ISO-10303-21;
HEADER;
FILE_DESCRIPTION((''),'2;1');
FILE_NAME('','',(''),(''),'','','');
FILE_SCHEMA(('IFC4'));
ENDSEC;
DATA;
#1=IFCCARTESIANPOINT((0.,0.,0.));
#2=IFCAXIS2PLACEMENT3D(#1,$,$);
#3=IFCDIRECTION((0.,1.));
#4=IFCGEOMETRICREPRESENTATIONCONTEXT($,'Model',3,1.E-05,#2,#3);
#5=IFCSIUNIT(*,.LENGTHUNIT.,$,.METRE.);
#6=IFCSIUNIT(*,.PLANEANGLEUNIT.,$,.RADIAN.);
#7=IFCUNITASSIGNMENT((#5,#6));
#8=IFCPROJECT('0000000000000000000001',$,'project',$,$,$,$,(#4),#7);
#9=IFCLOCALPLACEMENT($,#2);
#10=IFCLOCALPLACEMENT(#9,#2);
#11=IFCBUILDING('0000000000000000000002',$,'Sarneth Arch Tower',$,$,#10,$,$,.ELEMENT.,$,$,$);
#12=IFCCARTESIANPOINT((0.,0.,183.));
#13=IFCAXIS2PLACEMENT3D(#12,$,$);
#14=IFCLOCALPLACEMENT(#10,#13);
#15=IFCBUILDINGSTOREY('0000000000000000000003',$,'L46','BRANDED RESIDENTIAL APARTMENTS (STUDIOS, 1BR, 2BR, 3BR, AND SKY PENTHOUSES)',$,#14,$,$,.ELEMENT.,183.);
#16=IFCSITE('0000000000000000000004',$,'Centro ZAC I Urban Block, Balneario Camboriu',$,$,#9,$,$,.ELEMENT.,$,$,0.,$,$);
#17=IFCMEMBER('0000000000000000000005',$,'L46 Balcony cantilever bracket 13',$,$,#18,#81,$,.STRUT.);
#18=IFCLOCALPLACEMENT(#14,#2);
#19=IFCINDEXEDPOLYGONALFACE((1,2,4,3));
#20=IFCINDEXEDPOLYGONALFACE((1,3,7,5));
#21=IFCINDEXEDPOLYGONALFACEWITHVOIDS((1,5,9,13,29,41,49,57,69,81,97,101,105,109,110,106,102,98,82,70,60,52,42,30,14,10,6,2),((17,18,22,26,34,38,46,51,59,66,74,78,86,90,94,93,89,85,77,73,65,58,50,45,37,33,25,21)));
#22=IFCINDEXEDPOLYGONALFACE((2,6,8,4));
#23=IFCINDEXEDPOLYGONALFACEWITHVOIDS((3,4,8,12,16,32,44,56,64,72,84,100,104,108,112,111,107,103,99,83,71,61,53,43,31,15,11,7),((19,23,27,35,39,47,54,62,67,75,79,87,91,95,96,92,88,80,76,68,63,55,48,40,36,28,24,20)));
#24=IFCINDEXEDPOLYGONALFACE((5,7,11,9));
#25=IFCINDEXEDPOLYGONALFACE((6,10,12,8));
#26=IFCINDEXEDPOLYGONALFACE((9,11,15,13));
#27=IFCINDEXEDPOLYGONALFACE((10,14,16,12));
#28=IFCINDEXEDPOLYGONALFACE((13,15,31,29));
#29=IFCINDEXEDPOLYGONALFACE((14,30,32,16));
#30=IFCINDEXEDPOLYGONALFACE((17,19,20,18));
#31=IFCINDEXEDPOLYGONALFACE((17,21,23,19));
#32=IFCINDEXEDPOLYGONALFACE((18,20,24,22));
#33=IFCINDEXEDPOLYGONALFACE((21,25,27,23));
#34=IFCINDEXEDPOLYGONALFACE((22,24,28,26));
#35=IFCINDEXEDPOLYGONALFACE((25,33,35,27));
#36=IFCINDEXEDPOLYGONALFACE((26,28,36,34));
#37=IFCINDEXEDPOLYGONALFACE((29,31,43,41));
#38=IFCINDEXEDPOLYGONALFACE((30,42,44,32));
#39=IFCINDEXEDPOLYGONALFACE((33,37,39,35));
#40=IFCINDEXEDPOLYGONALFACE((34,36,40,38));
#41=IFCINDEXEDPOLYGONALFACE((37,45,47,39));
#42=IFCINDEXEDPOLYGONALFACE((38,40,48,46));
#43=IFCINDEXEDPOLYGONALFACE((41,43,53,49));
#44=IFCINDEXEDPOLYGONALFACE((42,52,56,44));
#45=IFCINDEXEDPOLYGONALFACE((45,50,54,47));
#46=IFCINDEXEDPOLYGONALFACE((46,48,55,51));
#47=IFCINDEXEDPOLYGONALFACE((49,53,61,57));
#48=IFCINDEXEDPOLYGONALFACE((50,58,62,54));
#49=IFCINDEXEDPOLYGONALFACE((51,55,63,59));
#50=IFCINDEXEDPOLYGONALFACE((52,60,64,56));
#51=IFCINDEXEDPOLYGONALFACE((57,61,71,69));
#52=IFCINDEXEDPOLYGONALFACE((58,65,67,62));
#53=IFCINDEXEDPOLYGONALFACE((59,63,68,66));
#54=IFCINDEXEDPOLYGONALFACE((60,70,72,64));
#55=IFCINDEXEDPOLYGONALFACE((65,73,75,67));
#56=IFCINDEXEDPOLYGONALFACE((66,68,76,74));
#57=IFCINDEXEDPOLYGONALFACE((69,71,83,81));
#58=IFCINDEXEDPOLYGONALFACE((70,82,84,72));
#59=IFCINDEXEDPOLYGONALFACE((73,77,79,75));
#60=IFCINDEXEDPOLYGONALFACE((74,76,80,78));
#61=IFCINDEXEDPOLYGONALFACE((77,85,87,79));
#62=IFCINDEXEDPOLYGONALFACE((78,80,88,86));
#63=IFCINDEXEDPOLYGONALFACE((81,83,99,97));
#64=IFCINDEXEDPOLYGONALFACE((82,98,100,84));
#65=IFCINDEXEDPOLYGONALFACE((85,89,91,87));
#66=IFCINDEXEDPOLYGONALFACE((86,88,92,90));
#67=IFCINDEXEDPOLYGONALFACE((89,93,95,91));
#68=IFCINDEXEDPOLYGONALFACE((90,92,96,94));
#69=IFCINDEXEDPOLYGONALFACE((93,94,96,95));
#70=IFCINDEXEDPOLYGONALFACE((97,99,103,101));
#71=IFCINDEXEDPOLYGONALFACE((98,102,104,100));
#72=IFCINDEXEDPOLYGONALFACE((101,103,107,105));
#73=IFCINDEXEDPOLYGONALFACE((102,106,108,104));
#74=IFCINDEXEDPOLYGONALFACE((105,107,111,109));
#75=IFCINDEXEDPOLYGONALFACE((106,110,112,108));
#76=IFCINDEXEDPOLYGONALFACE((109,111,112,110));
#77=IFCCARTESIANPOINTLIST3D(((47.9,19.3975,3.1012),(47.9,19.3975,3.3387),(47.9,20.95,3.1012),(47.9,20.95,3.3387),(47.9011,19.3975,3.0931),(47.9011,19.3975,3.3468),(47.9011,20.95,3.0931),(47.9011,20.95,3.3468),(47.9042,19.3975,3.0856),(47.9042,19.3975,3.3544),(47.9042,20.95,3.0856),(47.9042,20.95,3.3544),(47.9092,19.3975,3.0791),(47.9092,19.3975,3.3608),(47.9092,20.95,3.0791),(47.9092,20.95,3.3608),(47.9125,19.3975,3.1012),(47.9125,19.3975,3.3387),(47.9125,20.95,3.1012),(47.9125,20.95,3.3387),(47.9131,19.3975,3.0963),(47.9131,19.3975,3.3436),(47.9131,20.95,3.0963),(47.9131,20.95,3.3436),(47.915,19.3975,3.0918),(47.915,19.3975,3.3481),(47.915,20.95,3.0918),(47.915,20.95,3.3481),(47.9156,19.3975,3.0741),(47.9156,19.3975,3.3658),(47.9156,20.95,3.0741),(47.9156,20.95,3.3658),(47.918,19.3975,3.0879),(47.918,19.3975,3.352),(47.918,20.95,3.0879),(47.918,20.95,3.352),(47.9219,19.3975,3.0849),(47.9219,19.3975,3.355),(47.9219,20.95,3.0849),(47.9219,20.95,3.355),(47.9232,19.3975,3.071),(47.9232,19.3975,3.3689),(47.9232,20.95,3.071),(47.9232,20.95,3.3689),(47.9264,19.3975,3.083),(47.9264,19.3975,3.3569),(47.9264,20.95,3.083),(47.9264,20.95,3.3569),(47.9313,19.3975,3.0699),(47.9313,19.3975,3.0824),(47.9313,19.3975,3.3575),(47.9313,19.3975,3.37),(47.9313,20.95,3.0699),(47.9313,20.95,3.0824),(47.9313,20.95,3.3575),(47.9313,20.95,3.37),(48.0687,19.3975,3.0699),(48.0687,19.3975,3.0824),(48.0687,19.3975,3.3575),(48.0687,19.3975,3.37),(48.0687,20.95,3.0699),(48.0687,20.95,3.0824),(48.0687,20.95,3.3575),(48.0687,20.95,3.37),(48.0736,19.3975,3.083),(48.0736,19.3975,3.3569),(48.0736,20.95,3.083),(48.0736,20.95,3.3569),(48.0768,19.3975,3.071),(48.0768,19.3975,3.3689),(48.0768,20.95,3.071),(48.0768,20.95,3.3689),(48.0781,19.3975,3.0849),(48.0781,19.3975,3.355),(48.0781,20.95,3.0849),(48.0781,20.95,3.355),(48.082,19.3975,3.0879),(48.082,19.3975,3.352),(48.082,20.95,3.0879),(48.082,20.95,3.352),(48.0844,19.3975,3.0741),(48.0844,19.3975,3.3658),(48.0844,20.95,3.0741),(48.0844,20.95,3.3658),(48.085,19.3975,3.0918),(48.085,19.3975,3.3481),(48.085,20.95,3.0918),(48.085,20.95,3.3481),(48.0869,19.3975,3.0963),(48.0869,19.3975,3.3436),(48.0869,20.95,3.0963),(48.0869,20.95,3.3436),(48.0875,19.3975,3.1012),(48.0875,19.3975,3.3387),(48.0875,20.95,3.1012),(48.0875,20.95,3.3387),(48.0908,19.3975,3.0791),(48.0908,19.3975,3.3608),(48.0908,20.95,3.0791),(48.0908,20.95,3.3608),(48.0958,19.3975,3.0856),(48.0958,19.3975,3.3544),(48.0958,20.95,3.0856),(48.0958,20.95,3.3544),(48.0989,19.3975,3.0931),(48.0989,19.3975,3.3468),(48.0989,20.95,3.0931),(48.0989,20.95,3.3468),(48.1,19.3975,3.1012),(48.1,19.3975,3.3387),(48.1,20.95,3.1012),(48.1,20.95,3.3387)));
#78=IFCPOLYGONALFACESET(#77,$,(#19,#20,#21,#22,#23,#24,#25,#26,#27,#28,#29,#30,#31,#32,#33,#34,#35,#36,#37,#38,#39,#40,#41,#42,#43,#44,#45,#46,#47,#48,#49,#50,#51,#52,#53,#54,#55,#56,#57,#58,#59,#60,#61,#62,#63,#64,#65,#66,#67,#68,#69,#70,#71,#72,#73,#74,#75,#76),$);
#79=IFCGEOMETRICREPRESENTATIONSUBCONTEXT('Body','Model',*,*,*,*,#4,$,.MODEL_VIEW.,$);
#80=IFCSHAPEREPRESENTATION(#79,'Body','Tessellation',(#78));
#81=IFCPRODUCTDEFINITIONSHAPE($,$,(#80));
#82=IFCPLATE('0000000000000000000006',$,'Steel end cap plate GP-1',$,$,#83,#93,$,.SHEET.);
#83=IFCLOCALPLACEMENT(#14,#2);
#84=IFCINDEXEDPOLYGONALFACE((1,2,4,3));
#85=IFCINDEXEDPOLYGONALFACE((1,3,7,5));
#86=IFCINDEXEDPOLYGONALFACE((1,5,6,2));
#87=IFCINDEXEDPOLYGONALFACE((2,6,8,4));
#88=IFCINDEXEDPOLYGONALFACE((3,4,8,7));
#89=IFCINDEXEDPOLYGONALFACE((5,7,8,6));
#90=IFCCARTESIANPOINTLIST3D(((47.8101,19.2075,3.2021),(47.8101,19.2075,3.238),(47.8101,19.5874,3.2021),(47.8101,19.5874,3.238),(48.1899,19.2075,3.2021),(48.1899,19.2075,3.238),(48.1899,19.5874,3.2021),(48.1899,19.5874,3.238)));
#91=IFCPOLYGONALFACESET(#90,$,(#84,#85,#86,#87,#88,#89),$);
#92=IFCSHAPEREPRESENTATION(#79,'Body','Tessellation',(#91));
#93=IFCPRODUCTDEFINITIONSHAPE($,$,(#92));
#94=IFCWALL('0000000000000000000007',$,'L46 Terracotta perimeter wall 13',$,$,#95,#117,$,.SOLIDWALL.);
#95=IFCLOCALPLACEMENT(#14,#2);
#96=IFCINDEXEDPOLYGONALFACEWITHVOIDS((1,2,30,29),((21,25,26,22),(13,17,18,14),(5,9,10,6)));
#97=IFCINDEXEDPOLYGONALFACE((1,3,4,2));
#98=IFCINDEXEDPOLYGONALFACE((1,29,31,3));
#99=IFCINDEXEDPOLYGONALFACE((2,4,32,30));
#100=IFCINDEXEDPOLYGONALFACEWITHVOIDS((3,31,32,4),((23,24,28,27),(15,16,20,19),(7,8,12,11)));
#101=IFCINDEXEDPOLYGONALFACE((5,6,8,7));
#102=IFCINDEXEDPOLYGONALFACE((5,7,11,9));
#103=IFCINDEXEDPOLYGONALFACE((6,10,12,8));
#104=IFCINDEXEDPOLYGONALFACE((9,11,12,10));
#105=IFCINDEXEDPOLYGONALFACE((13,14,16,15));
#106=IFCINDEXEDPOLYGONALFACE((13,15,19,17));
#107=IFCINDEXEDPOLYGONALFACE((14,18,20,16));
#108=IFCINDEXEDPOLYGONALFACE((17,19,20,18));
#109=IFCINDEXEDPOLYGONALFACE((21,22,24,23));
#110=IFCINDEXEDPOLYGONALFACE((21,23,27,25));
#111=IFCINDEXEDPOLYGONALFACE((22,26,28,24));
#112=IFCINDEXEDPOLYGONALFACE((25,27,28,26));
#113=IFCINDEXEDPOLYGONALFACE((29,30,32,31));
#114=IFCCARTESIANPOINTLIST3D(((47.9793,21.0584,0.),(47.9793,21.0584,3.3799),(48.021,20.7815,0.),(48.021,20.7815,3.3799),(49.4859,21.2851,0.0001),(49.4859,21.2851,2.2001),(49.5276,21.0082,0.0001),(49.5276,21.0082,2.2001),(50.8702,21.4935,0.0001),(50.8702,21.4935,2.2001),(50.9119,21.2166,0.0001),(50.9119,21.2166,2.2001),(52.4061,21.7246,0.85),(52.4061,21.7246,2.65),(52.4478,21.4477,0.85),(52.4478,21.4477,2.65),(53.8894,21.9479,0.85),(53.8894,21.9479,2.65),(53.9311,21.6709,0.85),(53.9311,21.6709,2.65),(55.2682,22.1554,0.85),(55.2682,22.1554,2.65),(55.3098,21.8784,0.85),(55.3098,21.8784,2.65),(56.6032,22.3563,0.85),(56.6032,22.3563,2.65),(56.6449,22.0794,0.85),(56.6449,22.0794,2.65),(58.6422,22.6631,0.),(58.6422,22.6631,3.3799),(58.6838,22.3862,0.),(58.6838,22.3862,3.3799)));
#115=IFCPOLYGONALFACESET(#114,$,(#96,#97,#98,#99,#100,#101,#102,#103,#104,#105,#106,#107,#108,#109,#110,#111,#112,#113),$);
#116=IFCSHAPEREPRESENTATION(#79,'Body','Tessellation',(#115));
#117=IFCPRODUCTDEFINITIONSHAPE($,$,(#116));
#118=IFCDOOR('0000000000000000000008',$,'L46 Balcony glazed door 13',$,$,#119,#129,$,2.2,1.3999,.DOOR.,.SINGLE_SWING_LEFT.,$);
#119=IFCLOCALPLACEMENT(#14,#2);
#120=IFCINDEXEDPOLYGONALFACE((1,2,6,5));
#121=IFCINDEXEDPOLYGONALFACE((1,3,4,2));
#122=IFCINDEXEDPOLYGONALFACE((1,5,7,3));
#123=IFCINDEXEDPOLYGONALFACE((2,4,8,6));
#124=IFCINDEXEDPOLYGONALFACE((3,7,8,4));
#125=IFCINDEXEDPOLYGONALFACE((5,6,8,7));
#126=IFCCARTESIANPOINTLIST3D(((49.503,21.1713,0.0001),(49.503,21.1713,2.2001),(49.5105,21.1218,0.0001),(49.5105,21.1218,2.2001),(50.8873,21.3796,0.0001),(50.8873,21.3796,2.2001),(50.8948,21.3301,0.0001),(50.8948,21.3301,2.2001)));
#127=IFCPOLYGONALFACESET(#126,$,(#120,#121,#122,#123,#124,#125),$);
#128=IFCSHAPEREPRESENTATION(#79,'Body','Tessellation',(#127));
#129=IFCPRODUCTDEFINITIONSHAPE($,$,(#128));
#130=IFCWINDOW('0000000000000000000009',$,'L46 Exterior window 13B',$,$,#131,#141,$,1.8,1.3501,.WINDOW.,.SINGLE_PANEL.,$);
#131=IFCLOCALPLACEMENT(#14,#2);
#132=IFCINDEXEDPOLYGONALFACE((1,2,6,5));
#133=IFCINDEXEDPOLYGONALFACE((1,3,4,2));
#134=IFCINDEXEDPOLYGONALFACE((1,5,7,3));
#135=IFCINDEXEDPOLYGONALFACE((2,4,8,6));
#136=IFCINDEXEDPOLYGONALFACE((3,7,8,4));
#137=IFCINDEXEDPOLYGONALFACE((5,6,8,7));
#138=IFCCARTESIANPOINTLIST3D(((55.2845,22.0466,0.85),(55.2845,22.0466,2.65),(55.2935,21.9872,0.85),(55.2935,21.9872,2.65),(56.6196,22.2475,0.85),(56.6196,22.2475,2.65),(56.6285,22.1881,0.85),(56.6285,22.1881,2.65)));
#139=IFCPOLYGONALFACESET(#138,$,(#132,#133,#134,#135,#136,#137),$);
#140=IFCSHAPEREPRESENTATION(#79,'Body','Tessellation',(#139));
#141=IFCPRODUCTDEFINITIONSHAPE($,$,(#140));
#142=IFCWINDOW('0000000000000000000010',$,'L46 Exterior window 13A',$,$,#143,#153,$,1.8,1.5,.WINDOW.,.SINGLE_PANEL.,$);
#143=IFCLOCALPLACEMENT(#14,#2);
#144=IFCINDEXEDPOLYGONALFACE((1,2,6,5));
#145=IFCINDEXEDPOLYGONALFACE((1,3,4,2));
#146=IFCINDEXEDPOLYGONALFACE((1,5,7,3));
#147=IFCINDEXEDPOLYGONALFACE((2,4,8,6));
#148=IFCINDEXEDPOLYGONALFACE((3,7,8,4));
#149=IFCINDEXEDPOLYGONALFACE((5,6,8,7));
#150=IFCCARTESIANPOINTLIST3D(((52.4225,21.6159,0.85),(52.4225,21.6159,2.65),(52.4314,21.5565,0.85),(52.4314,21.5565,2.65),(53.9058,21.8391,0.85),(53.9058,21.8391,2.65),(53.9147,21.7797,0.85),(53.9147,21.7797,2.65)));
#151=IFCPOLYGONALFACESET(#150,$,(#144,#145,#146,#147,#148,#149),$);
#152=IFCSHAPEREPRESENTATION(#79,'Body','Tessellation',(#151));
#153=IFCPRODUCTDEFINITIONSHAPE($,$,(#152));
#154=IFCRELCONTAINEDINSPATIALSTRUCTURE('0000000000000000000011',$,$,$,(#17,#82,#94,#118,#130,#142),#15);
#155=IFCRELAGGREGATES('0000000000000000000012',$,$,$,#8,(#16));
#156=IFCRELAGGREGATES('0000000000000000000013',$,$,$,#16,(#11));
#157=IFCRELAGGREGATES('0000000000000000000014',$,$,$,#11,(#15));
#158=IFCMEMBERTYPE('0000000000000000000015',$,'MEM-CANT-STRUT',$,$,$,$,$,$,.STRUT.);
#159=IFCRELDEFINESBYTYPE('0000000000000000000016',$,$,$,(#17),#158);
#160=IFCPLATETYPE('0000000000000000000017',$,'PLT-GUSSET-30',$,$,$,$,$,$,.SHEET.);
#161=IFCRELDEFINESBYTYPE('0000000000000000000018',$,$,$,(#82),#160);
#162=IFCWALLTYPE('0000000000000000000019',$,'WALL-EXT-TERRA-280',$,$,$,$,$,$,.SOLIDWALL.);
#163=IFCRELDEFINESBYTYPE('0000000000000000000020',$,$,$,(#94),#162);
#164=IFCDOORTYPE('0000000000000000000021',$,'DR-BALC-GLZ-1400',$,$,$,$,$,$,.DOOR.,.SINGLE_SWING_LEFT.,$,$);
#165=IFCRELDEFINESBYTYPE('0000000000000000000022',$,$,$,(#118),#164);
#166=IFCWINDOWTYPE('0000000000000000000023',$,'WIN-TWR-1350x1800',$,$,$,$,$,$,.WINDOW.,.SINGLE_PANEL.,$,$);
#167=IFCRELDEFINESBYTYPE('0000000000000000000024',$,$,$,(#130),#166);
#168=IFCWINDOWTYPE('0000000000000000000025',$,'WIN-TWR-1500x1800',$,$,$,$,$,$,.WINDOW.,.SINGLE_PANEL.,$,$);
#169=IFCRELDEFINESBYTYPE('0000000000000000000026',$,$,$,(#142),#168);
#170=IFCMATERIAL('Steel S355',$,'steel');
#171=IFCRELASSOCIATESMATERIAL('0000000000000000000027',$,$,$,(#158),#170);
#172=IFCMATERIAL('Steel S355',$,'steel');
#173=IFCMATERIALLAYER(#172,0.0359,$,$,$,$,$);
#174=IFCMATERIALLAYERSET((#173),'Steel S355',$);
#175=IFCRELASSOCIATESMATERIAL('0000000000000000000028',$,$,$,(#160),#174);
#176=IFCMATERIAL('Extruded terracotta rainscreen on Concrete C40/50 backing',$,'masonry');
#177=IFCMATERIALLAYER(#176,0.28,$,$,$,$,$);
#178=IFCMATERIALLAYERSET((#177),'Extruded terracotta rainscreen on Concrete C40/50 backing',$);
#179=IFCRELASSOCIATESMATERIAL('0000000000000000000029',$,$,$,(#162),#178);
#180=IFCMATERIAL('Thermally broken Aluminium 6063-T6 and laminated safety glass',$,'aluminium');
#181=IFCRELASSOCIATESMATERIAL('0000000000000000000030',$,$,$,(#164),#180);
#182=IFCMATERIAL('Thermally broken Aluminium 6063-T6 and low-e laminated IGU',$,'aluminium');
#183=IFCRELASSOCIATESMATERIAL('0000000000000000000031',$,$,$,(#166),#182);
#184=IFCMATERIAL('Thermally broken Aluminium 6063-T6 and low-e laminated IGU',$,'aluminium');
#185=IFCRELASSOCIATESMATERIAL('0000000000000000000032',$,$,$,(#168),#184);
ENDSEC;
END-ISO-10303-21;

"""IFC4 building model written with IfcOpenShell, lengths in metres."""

from ifc_helpers import new_model, si_unit, direction, frame, frame_2d, origin, origin_2d, place, context, subcontext, project, spatial, rectangle, hollow_rectangle, extrude, material, layer, layer_set, material_profile, profile_set, type_object, element, fill, save


model = new_model("IFC4")

# Units and contexts
model_context = context("Model", 3, precision=1e-05, world=origin(), true_north=direction((0.0, 1.0)))
body_context = subcontext(model_context, "Body", "Model", "MODEL_VIEW")
ifc_project = project(units=[si_unit("LENGTHUNIT", "METRE"), si_unit("PLANEANGLEUNIT", "RADIAN")], contexts=[model_context])

# Site, building, storey
site_placement = place(None, origin())
site = spatial("IfcSite", under=ifc_project, at=site_placement, Name="Centro ZAC I Urban Block, Balneario Camboriu", CompositionType="ELEMENT", RefElevation=0.0)
building_placement = place(site_placement, origin())
building = spatial("IfcBuilding", under=site, at=building_placement, Name="Sarneth Arch Tower", CompositionType="ELEMENT")
storey_placement = place(building_placement, frame((0.0, 0.0, 183.0)))
storey = spatial("IfcBuildingStorey", under=building, at=storey_placement, Name="L46", Description="BRANDED RESIDENTIAL APARTMENTS (STUDIOS, 1BR, 2BR, 3BR, AND SKY PENTHOUSES)", CompositionType="ELEMENT", Elevation=183.0)

# Member
ifc_material_1 = material(Name="Steel S355", Category="steel")
ifc_material_profile_1 = material_profile(ifc_material_1, hollow_rectangle(XDim=0.2, YDim=0.3, WallThickness=0.0125, InnerFilletRadius=0.0188, OuterFilletRadius=0.0312, at=origin_2d()), Name="RHS300x200x12.5")
ifc_profile_set_1 = profile_set([ifc_material_profile_1], Name="Steel S355")
member_type_1 = type_object("IfcMemberType", Name="MEM-CANT-STRUT", PredefinedType="STRUT", material=ifc_profile_set_1)
member_1_placement = place(storey_placement, frame((48.0, 20.95, 3.22), z_axis=(0.0, -1.0, 0.0), x_axis=(1.0, 0.0, 0.0)))
element("IfcMember", 1, at=member_1_placement, inside=storey, type_object=member_type_1, Name="L46 Balcony cantilever bracket 13", PredefinedType="STRUT", context=body_context, shape_type="SweptSolid", body=[
    extrude(hollow_rectangle(XDim=0.2, YDim=0.3, WallThickness=0.0125, InnerFilletRadius=0.0188, OuterFilletRadius=0.0312, at=origin_2d()), origin(), (0.0, 0.0, 1.0), 1.5525),
])

# Plate
ifc_material_2 = material(Name="Steel S355", Category="steel")
ifc_layer_1 = layer(ifc_material_2, 0.0359)
ifc_layer_set_1 = layer_set([ifc_layer_1], Name="Steel S355")
plate_type = type_object("IfcPlateType", Name="PLT-GUSSET-30", PredefinedType="SHEET", material=ifc_layer_set_1)
plate_placement = place(storey_placement, frame((48.0, 19.3975, 3.2021), z_axis=(0.0, 0.0, 1.0), x_axis=(0.0, -1.0, 0.0)))
element("IfcPlate", 2, at=plate_placement, inside=storey, type_object=plate_type, Name="Steel end cap plate GP-1", PredefinedType="SHEET", context=body_context, shape_type="SweptSolid", body=[
    extrude(rectangle(XDim=0.3799, YDim=0.3799, at=origin_2d()), origin(), (0.0, 0.0, 1.0), 0.0359),
])

# Wall, openings, door, windows
ifc_material_3 = material(Name="Extruded terracotta rainscreen on Concrete C40/50 backing", Category="masonry")
ifc_layer_2 = layer(ifc_material_3, 0.28)
ifc_layer_set_2 = layer_set([ifc_layer_2], Name="Extruded terracotta rainscreen on Concrete C40/50 backing")
wall_type_1 = type_object("IfcWallType", Name="WALL-EXT-TERRA-280", PredefinedType="SOLIDWALL", material=ifc_layer_set_2)
wall_1_placement = place(storey_placement, frame((48.0, 20.9199, 0.0), z_axis=(0.0, 0.0, 1.0), x_axis=(0.988864, 0.148822, 0.0)))
wall_1 = element("IfcWall", 3, at=wall_1_placement, inside=storey, type_object=wall_type_1, Name="L46 Terracotta perimeter wall 13", PredefinedType="SOLIDWALL", context=body_context, shape_type="SweptSolid", body=[
    extrude(rectangle(XDim=10.783, YDim=0.28, at=frame_2d((5.3916, 0.0))), origin(), (0.0, 0.0, 1.0), 3.3799),
])
opening_1_placement = place(wall_1_placement, frame((1.5237, 0.0, 0.0)))
opening_1 = element("IfcOpeningElement", 4, at=opening_1_placement, cuts=wall_1, PredefinedType="OPENING", context=body_context, shape_type="SweptSolid", body=[
    extrude(rectangle(XDim=1.3999, YDim=2.2, at=frame_2d((0.7, 1.1001))), frame((0.0, 0.1499, 0.0), z_axis=(0.0, -1.0, 0.0), x_axis=(1.0, 0.0, 0.0)), (0.0, 0.0, 1.0), 0.3),
])
opening_2_placement = place(wall_1_placement, frame((4.4768, 0.0, 0.8501)))
opening_2 = element("IfcOpeningElement", 5, at=opening_2_placement, cuts=wall_1, PredefinedType="OPENING", context=body_context, shape_type="SweptSolid", body=[
    extrude(rectangle(XDim=1.5, YDim=1.8, at=frame_2d((0.75, 0.8999))), frame((0.0, 0.1499, 0.0), z_axis=(0.0, -1.0, 0.0), x_axis=(1.0, 0.0, 0.0)), (0.0, 0.0, 1.0), 0.3),
])
opening_3_placement = place(wall_1_placement, frame((7.3711, 0.0, 0.8501)))
opening_3 = element("IfcOpeningElement", 6, at=opening_3_placement, cuts=wall_1, PredefinedType="OPENING", context=body_context, shape_type="SweptSolid", body=[
    extrude(rectangle(XDim=1.3501, YDim=1.8, at=frame_2d((0.675, 0.8999))), frame((0.0, 0.1499, 0.0), z_axis=(0.0, -1.0, 0.0), x_axis=(1.0, 0.0, 0.0)), (0.0, 0.0, 1.0), 0.3),
])
ifc_material_4 = material(Name="Thermally broken Aluminium 6063-T6 and laminated safety glass", Category="aluminium")
door_type_1 = type_object("IfcDoorType", Name="DR-BALC-GLZ-1400", OperationType="SINGLE_SWING_LEFT", PredefinedType="DOOR", material=ifc_material_4)
door_1_placement = place(opening_1_placement, origin())
door_1 = element("IfcDoor", 7, at=door_1_placement, inside=storey, type_object=door_type_1, Name="L46 Balcony glazed door 13", OperationType="SINGLE_SWING_LEFT", OverallHeight=2.2, OverallWidth=1.3999, PredefinedType="DOOR", context=body_context, shape_type="SweptSolid", body=[
    extrude(rectangle(XDim=1.3999, YDim=2.2, at=frame_2d((0.7, 1.1001))), frame((0.0, 0.0249, 0.0), z_axis=(0.0, -1.0, 0.0), x_axis=(1.0, 0.0, 0.0)), (0.0, 0.0, 1.0), 0.05),
])
fill(opening_1, door_1)
ifc_material_5 = material(Name="Thermally broken Aluminium 6063-T6 and low-e laminated IGU", Category="aluminium")
window_type_1 = type_object("IfcWindowType", Name="WIN-TWR-1350x1800", PartitioningType="SINGLE_PANEL", PredefinedType="WINDOW", material=ifc_material_5)
window_1_placement = place(opening_3_placement, origin())
window_1 = element("IfcWindow", 8, at=window_1_placement, inside=storey, type_object=window_type_1, Name="L46 Exterior window 13B", OverallHeight=1.8, OverallWidth=1.3501, PartitioningType="SINGLE_PANEL", PredefinedType="WINDOW", context=body_context, shape_type="SweptSolid", body=[
    extrude(rectangle(XDim=1.3501, YDim=1.8, at=frame_2d((0.675, 0.8999))), frame((0.0, 0.03, 0.0), z_axis=(0.0, -1.0, 0.0), x_axis=(1.0, 0.0, 0.0)), (0.0, 0.0, 1.0), 0.0601),
])
fill(opening_3, window_1)
ifc_material_6 = material(Name="Thermally broken Aluminium 6063-T6 and low-e laminated IGU", Category="aluminium")
window_type_2 = type_object("IfcWindowType", Name="WIN-TWR-1500x1800", PartitioningType="SINGLE_PANEL", PredefinedType="WINDOW", material=ifc_material_6)
window_2_placement = place(opening_2_placement, origin())
window_2 = element("IfcWindow", 9, at=window_2_placement, inside=storey, type_object=window_type_2, Name="L46 Exterior window 13A", OverallHeight=1.8, OverallWidth=1.5, PartitioningType="SINGLE_PANEL", PredefinedType="WINDOW", context=body_context, shape_type="SweptSolid", body=[
    extrude(rectangle(XDim=1.5, YDim=1.8, at=frame_2d((0.75, 0.8999))), frame((0.0, 0.03, 0.0), z_axis=(0.0, -1.0, 0.0), x_axis=(1.0, 0.0, 0.0)), (0.0, 0.0, 1.0), 0.0601),
])
fill(opening_2, window_2)

save(model, "model.ifc")
